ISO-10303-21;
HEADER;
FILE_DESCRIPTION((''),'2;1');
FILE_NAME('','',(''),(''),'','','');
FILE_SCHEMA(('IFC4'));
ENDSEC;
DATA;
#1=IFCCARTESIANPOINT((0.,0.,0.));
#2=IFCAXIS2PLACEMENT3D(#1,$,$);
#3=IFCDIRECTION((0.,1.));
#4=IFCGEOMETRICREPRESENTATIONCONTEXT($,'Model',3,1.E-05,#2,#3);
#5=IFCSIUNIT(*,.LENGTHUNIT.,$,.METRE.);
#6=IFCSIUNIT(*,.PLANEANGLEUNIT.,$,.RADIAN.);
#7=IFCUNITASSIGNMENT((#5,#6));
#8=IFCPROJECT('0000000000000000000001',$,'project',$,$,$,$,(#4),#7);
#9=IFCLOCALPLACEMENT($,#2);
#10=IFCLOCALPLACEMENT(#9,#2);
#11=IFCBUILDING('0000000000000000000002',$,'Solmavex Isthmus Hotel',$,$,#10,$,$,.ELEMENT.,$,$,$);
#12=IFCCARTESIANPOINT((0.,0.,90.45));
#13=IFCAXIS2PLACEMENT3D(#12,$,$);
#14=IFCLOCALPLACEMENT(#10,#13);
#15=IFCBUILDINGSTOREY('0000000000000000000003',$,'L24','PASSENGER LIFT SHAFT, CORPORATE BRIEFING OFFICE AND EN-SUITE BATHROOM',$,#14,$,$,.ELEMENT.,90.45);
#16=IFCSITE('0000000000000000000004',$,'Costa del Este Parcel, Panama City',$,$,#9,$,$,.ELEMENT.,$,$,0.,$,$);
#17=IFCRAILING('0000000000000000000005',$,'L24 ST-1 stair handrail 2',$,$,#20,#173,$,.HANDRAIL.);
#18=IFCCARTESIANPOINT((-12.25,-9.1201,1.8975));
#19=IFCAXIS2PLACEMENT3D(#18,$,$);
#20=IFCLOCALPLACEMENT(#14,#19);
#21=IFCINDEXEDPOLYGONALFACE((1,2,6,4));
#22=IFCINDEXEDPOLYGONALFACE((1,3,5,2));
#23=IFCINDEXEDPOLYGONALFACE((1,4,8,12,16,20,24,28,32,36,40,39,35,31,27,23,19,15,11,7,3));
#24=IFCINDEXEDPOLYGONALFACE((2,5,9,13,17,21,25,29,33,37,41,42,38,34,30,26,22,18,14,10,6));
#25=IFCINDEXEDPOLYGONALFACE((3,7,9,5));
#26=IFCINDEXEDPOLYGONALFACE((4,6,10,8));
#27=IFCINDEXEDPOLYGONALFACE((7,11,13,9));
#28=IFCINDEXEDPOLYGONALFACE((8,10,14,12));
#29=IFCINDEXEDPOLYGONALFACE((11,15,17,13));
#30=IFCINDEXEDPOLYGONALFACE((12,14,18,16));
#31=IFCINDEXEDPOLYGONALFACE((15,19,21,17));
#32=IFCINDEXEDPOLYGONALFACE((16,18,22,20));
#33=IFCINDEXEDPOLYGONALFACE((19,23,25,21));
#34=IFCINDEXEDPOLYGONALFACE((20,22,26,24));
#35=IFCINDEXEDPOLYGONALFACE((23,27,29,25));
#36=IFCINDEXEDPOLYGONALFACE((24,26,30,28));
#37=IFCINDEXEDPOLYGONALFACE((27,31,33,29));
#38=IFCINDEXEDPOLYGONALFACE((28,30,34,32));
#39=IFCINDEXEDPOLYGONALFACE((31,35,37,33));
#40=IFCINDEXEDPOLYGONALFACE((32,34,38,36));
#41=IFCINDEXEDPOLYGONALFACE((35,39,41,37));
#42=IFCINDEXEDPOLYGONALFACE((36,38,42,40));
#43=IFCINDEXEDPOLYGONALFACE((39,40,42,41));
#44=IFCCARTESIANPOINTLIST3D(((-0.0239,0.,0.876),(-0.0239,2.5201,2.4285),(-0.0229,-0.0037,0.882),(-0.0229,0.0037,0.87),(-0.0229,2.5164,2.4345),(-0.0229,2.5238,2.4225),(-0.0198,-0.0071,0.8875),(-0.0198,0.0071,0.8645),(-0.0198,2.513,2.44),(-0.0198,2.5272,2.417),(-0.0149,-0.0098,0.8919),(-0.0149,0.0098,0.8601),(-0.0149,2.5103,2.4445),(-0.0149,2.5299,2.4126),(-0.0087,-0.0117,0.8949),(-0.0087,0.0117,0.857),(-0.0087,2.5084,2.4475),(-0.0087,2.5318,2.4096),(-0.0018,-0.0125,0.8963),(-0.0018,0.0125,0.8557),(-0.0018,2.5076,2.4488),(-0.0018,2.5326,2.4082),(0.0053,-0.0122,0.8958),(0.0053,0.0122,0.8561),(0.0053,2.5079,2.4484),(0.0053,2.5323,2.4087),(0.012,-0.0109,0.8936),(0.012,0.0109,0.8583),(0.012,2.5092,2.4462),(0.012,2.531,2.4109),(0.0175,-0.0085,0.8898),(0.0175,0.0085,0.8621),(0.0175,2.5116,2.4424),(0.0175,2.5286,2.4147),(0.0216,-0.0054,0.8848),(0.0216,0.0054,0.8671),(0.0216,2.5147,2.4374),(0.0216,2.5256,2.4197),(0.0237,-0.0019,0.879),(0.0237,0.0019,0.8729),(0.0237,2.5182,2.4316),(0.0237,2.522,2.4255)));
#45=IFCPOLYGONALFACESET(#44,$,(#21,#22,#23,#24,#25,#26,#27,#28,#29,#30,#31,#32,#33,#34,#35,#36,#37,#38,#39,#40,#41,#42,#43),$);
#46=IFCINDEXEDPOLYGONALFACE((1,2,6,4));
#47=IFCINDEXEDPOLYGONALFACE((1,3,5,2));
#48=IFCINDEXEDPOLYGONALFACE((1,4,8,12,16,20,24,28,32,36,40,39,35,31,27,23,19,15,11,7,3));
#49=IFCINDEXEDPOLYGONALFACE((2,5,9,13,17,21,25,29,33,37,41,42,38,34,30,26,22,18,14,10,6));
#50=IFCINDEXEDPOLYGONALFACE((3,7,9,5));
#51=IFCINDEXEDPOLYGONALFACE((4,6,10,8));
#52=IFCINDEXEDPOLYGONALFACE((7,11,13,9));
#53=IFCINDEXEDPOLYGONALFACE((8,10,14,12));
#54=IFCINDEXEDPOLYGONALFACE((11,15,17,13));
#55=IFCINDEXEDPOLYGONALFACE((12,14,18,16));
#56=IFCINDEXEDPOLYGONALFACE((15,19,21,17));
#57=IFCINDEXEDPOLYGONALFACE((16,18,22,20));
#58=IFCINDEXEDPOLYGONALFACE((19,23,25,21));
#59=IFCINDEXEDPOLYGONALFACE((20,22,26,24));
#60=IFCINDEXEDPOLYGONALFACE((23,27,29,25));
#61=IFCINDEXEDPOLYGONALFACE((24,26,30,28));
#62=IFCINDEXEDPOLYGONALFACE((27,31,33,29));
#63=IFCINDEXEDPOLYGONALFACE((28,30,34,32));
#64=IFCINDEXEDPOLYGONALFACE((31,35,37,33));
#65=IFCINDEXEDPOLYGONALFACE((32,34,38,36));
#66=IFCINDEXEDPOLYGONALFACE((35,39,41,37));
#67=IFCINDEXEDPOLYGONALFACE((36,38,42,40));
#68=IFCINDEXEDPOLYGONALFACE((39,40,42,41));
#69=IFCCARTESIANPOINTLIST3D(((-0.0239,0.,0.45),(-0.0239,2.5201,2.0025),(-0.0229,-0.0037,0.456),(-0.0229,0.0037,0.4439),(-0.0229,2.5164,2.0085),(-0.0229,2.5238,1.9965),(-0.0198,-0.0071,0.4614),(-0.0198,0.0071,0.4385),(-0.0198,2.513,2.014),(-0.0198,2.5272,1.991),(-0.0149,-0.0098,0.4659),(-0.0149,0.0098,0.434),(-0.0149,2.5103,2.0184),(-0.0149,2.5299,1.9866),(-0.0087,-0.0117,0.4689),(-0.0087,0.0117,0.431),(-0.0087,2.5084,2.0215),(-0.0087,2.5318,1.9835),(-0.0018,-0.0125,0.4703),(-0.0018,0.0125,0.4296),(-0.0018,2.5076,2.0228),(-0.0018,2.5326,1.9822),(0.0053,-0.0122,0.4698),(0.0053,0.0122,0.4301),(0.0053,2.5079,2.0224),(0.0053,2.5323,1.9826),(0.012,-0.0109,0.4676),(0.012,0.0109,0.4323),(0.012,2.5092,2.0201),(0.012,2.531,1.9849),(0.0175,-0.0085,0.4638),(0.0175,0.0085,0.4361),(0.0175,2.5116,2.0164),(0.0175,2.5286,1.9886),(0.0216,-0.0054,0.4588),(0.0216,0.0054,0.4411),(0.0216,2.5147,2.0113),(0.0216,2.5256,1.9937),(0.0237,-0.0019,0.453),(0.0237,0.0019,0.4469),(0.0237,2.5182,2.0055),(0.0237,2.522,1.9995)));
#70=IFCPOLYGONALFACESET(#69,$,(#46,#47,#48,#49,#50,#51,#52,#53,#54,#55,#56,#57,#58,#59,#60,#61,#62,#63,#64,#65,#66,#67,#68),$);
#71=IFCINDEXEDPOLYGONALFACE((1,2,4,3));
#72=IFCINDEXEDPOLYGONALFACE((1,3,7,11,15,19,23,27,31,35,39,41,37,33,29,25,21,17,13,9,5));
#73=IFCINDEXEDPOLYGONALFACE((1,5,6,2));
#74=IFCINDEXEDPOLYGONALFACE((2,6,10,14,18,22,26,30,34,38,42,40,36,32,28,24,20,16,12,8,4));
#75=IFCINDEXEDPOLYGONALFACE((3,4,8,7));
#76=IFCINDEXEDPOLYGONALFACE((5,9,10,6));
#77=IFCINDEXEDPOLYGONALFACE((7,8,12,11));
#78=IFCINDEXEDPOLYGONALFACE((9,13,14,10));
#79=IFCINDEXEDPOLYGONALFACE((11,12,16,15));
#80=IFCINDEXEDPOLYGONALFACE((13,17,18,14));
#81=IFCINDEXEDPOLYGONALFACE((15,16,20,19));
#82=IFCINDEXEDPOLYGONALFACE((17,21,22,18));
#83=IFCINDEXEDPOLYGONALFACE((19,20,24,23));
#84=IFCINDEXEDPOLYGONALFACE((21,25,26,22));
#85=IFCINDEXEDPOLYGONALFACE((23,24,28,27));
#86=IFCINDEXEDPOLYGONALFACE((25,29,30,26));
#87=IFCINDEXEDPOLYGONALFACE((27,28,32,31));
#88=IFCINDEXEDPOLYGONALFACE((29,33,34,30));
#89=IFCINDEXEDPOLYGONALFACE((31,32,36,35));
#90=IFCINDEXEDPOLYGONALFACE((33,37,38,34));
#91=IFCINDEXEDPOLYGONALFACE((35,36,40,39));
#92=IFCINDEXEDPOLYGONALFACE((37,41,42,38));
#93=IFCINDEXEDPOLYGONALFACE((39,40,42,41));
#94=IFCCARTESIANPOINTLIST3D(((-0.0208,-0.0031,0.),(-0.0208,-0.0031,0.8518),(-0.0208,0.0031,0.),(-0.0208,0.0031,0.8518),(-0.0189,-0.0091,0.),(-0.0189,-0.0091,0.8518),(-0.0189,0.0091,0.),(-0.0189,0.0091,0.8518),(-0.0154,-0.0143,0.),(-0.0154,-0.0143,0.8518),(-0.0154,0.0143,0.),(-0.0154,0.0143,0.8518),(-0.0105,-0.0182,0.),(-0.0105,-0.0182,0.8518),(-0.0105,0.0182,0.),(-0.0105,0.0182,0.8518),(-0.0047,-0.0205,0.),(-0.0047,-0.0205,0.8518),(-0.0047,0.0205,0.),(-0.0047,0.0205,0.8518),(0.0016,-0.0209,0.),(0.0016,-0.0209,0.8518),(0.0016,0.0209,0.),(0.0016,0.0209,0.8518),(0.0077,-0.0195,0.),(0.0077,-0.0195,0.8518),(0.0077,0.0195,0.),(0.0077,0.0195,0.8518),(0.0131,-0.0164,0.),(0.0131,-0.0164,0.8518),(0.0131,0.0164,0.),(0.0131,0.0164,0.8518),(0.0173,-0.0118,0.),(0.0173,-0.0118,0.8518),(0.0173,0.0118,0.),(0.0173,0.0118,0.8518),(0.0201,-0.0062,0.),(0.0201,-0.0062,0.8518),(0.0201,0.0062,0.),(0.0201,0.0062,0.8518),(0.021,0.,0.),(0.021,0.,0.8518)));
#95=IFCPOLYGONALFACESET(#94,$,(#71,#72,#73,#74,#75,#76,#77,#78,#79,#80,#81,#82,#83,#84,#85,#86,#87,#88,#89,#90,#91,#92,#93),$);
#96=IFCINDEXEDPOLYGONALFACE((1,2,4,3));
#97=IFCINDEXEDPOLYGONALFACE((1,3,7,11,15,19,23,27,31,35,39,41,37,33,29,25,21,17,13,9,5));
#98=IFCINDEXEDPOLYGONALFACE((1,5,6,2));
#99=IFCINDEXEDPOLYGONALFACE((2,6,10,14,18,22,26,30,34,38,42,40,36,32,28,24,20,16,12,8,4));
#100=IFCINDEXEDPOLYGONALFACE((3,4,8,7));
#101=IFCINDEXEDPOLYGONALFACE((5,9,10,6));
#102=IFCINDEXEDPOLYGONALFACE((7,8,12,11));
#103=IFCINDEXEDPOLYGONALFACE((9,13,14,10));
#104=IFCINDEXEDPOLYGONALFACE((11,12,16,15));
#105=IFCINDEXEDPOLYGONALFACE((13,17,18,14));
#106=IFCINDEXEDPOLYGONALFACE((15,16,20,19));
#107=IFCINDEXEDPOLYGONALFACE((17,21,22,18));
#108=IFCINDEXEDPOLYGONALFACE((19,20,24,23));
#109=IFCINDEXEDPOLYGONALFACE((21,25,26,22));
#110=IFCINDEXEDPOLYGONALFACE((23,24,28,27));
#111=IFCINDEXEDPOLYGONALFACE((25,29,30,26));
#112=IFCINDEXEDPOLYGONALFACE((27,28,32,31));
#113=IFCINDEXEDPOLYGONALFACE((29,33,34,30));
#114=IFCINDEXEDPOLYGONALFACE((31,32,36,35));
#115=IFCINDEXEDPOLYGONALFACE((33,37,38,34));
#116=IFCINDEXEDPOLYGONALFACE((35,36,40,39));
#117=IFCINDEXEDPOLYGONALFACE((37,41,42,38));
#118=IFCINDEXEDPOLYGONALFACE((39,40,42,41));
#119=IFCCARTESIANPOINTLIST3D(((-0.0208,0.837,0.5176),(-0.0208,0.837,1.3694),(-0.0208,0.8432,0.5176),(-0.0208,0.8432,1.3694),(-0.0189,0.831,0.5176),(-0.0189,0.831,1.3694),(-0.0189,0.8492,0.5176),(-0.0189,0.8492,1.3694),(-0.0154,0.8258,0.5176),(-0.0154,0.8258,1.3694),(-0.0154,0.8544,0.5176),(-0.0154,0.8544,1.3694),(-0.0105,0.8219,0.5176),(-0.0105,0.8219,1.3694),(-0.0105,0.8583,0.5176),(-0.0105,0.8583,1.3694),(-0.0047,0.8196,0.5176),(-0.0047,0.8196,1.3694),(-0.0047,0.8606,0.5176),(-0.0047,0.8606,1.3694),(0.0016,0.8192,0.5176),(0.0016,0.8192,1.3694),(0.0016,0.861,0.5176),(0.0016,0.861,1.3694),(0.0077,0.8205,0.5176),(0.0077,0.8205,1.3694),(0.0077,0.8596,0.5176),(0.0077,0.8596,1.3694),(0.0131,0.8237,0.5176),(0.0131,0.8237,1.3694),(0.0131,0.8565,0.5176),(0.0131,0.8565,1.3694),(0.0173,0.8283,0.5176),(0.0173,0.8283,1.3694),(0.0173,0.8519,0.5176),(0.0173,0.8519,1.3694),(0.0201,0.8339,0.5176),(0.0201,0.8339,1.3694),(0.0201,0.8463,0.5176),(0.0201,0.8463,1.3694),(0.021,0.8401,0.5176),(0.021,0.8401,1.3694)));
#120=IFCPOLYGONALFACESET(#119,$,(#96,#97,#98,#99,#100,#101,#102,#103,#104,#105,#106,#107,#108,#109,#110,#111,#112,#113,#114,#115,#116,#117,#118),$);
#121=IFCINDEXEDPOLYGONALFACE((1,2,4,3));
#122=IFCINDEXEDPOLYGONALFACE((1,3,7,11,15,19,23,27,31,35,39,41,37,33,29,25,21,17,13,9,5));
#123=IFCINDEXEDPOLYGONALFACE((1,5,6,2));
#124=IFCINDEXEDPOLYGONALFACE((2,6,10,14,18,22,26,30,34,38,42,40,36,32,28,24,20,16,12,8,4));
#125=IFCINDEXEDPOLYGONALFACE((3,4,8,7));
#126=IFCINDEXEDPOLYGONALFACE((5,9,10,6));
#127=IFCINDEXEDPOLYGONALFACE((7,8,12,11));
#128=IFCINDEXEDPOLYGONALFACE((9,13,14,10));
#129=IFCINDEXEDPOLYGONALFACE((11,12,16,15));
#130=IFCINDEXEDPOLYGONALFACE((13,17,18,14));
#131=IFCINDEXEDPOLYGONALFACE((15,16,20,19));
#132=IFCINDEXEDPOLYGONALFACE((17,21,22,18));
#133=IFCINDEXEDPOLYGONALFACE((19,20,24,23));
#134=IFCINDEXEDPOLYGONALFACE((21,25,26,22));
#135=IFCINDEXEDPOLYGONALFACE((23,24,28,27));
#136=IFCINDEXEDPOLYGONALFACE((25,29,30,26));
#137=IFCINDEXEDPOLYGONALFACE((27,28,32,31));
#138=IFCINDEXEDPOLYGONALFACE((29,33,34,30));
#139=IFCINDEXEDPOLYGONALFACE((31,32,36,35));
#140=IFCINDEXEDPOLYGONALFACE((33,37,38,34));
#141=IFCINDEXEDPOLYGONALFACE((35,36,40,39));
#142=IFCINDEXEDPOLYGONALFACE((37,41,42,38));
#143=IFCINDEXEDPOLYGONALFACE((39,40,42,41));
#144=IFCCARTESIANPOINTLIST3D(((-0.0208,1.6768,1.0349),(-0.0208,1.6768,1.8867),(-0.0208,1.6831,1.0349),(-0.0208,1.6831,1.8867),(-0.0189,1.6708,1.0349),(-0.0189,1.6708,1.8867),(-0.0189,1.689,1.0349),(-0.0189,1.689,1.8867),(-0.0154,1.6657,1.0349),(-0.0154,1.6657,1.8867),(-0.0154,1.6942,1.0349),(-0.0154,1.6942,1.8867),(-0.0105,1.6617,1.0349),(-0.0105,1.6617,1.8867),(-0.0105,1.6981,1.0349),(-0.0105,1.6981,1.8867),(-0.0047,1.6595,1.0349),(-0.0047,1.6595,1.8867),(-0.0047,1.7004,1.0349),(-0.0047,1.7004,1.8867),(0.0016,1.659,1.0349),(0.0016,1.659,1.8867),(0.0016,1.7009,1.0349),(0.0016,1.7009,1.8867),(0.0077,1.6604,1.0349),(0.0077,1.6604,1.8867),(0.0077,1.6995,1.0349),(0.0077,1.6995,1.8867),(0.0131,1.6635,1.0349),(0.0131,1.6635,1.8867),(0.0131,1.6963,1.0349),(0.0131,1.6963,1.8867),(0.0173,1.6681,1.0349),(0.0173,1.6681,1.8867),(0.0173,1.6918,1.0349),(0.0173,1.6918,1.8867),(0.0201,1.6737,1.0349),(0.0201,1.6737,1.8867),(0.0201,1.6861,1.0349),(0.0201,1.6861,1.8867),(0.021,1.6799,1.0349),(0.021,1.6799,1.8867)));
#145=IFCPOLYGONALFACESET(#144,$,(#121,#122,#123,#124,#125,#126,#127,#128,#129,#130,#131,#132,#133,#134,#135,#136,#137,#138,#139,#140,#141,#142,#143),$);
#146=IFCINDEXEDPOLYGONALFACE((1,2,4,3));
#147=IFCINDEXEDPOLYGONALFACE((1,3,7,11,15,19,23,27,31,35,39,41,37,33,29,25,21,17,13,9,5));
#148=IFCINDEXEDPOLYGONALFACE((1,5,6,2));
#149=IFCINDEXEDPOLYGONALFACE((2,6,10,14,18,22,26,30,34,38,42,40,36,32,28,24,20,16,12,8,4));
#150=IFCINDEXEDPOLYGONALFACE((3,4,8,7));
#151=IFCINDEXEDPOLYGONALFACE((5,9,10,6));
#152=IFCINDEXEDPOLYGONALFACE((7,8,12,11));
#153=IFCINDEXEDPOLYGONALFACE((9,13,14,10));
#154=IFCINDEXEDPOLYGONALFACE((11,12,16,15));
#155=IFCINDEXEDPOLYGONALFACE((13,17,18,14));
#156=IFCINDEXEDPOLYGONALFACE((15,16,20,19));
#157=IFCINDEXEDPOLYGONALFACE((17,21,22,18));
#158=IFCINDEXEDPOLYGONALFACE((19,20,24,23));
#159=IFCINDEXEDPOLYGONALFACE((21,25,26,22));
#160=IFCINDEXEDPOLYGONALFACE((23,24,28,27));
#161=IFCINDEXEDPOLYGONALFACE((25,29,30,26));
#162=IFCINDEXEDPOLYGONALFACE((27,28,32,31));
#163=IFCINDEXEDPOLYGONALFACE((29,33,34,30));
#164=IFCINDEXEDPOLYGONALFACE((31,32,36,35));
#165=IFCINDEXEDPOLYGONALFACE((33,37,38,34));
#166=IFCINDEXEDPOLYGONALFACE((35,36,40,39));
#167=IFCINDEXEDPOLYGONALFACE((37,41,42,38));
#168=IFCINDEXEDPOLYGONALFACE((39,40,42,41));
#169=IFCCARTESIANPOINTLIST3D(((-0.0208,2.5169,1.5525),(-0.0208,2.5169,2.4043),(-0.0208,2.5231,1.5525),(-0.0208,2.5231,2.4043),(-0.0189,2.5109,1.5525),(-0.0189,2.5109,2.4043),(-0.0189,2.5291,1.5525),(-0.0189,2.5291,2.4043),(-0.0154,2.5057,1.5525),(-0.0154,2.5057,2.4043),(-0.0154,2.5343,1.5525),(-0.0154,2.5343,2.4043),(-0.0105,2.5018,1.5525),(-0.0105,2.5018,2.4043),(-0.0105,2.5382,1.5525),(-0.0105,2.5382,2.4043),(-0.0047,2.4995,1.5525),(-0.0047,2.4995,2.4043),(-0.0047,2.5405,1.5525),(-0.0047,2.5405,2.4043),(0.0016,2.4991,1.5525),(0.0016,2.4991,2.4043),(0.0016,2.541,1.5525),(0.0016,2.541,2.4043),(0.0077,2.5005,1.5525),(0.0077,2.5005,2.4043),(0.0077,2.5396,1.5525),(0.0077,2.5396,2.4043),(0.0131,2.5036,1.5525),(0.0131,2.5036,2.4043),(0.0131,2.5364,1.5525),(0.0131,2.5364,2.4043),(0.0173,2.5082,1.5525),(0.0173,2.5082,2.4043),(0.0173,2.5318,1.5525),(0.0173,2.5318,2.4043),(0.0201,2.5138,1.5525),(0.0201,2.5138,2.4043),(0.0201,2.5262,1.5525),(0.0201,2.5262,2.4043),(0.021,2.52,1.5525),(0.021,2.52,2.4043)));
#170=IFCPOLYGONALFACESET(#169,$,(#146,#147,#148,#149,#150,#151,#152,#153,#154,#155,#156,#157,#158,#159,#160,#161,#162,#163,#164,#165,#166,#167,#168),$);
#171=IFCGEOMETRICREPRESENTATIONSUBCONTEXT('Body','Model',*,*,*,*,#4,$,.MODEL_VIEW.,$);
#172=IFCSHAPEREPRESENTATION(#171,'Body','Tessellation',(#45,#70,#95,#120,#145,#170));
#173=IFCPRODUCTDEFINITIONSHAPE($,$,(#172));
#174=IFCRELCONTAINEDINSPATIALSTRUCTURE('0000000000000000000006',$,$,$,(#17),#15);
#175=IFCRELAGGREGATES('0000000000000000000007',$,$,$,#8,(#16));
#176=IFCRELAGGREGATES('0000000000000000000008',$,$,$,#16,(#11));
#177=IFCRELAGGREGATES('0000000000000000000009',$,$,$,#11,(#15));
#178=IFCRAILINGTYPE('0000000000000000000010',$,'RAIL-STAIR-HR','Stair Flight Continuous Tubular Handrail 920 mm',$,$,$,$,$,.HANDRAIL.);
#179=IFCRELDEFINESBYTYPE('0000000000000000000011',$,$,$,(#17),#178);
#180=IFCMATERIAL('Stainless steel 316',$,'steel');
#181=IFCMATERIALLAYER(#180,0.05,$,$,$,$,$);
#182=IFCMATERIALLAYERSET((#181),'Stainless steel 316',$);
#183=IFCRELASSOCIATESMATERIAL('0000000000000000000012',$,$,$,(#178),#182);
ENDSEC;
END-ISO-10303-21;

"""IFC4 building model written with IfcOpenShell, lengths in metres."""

from ifc_helpers import new_model, si_unit, direction, frame, origin, origin_2d, place, context, subcontext, project, spatial, circle, extrude, material, layer, layer_set, type_object, element, save


model = new_model("IFC4")

# Units and contexts
model_context = context("Model", 3, precision=1e-05, world=origin(), true_north=direction((0.0, 1.0)))
body_context = subcontext(model_context, "Body", "Model", "MODEL_VIEW")
ifc_project = project(units=[si_unit("LENGTHUNIT", "METRE"), si_unit("PLANEANGLEUNIT", "RADIAN")], contexts=[model_context])

# Site, building, storey
site_placement = place(None, origin())
site = spatial("IfcSite", under=ifc_project, at=site_placement, Name="Costa del Este Parcel, Panama City", CompositionType="ELEMENT", RefElevation=0.0)
building_placement = place(site_placement, origin())
building = spatial("IfcBuilding", under=site, at=building_placement, Name="Solmavex Isthmus Hotel", CompositionType="ELEMENT")
storey_placement = place(building_placement, frame((0.0, 0.0, 90.45)))
storey = spatial("IfcBuildingStorey", under=building, at=storey_placement, Name="L24", Description="PASSENGER LIFT SHAFT, CORPORATE BRIEFING OFFICE AND EN-SUITE BATHROOM", CompositionType="ELEMENT", Elevation=90.45)

# Shared definitions
ifc_material_1 = material(Name="Stainless steel 316", Category="steel")

# Railing
ifc_layer_1 = layer(ifc_material_1, 0.05)
ifc_layer_set_1 = layer_set([ifc_layer_1], Name="Stainless steel 316")
railing_type_1 = type_object("IfcRailingType", Name="RAIL-STAIR-HR", Description="Stair Flight Continuous Tubular Handrail 920 mm", PredefinedType="HANDRAIL", material=ifc_layer_set_1)
railing_1_placement = place(storey_placement, frame((-12.25, -9.1201, 1.8975)))
element("IfcRailing", 1, at=railing_1_placement, inside=storey, type_object=railing_type_1, Name="L24 ST-1 stair handrail 2", PredefinedType="HANDRAIL", context=body_context, shape_type="SweptSolid", body=[
    extrude(circle(Radius=0.0239, at=origin_2d()), frame((0.0, 0.0, 0.876), z_axis=(0.0, 0.8514, 0.524516), x_axis=(-1.0, 0.0, 0.0)), (0.0, 0.0, 1.0), 2.96),
    extrude(circle(Radius=0.0239, at=origin_2d()), frame((0.0, 0.0, 0.45), z_axis=(0.0, 0.8514, 0.524516), x_axis=(-1.0, 0.0, 0.0)), (0.0, 0.0, 1.0), 2.96),
    extrude(circle(Radius=0.021, at=origin_2d()), origin(), (0.0, 0.0, 1.0), 0.8518),
    extrude(circle(Radius=0.021, at=origin_2d()), frame((0.0, 0.8401, 0.5176)), (0.0, 0.0, 1.0), 0.8518),
    extrude(circle(Radius=0.021, at=origin_2d()), frame((0.0, 1.6799, 1.0349)), (0.0, 0.0, 1.0), 0.8518),
    extrude(circle(Radius=0.021, at=origin_2d()), frame((0.0, 2.52, 1.5525)), (0.0, 0.0, 1.0), 0.8518),
])

save(model, "model.ifc")
